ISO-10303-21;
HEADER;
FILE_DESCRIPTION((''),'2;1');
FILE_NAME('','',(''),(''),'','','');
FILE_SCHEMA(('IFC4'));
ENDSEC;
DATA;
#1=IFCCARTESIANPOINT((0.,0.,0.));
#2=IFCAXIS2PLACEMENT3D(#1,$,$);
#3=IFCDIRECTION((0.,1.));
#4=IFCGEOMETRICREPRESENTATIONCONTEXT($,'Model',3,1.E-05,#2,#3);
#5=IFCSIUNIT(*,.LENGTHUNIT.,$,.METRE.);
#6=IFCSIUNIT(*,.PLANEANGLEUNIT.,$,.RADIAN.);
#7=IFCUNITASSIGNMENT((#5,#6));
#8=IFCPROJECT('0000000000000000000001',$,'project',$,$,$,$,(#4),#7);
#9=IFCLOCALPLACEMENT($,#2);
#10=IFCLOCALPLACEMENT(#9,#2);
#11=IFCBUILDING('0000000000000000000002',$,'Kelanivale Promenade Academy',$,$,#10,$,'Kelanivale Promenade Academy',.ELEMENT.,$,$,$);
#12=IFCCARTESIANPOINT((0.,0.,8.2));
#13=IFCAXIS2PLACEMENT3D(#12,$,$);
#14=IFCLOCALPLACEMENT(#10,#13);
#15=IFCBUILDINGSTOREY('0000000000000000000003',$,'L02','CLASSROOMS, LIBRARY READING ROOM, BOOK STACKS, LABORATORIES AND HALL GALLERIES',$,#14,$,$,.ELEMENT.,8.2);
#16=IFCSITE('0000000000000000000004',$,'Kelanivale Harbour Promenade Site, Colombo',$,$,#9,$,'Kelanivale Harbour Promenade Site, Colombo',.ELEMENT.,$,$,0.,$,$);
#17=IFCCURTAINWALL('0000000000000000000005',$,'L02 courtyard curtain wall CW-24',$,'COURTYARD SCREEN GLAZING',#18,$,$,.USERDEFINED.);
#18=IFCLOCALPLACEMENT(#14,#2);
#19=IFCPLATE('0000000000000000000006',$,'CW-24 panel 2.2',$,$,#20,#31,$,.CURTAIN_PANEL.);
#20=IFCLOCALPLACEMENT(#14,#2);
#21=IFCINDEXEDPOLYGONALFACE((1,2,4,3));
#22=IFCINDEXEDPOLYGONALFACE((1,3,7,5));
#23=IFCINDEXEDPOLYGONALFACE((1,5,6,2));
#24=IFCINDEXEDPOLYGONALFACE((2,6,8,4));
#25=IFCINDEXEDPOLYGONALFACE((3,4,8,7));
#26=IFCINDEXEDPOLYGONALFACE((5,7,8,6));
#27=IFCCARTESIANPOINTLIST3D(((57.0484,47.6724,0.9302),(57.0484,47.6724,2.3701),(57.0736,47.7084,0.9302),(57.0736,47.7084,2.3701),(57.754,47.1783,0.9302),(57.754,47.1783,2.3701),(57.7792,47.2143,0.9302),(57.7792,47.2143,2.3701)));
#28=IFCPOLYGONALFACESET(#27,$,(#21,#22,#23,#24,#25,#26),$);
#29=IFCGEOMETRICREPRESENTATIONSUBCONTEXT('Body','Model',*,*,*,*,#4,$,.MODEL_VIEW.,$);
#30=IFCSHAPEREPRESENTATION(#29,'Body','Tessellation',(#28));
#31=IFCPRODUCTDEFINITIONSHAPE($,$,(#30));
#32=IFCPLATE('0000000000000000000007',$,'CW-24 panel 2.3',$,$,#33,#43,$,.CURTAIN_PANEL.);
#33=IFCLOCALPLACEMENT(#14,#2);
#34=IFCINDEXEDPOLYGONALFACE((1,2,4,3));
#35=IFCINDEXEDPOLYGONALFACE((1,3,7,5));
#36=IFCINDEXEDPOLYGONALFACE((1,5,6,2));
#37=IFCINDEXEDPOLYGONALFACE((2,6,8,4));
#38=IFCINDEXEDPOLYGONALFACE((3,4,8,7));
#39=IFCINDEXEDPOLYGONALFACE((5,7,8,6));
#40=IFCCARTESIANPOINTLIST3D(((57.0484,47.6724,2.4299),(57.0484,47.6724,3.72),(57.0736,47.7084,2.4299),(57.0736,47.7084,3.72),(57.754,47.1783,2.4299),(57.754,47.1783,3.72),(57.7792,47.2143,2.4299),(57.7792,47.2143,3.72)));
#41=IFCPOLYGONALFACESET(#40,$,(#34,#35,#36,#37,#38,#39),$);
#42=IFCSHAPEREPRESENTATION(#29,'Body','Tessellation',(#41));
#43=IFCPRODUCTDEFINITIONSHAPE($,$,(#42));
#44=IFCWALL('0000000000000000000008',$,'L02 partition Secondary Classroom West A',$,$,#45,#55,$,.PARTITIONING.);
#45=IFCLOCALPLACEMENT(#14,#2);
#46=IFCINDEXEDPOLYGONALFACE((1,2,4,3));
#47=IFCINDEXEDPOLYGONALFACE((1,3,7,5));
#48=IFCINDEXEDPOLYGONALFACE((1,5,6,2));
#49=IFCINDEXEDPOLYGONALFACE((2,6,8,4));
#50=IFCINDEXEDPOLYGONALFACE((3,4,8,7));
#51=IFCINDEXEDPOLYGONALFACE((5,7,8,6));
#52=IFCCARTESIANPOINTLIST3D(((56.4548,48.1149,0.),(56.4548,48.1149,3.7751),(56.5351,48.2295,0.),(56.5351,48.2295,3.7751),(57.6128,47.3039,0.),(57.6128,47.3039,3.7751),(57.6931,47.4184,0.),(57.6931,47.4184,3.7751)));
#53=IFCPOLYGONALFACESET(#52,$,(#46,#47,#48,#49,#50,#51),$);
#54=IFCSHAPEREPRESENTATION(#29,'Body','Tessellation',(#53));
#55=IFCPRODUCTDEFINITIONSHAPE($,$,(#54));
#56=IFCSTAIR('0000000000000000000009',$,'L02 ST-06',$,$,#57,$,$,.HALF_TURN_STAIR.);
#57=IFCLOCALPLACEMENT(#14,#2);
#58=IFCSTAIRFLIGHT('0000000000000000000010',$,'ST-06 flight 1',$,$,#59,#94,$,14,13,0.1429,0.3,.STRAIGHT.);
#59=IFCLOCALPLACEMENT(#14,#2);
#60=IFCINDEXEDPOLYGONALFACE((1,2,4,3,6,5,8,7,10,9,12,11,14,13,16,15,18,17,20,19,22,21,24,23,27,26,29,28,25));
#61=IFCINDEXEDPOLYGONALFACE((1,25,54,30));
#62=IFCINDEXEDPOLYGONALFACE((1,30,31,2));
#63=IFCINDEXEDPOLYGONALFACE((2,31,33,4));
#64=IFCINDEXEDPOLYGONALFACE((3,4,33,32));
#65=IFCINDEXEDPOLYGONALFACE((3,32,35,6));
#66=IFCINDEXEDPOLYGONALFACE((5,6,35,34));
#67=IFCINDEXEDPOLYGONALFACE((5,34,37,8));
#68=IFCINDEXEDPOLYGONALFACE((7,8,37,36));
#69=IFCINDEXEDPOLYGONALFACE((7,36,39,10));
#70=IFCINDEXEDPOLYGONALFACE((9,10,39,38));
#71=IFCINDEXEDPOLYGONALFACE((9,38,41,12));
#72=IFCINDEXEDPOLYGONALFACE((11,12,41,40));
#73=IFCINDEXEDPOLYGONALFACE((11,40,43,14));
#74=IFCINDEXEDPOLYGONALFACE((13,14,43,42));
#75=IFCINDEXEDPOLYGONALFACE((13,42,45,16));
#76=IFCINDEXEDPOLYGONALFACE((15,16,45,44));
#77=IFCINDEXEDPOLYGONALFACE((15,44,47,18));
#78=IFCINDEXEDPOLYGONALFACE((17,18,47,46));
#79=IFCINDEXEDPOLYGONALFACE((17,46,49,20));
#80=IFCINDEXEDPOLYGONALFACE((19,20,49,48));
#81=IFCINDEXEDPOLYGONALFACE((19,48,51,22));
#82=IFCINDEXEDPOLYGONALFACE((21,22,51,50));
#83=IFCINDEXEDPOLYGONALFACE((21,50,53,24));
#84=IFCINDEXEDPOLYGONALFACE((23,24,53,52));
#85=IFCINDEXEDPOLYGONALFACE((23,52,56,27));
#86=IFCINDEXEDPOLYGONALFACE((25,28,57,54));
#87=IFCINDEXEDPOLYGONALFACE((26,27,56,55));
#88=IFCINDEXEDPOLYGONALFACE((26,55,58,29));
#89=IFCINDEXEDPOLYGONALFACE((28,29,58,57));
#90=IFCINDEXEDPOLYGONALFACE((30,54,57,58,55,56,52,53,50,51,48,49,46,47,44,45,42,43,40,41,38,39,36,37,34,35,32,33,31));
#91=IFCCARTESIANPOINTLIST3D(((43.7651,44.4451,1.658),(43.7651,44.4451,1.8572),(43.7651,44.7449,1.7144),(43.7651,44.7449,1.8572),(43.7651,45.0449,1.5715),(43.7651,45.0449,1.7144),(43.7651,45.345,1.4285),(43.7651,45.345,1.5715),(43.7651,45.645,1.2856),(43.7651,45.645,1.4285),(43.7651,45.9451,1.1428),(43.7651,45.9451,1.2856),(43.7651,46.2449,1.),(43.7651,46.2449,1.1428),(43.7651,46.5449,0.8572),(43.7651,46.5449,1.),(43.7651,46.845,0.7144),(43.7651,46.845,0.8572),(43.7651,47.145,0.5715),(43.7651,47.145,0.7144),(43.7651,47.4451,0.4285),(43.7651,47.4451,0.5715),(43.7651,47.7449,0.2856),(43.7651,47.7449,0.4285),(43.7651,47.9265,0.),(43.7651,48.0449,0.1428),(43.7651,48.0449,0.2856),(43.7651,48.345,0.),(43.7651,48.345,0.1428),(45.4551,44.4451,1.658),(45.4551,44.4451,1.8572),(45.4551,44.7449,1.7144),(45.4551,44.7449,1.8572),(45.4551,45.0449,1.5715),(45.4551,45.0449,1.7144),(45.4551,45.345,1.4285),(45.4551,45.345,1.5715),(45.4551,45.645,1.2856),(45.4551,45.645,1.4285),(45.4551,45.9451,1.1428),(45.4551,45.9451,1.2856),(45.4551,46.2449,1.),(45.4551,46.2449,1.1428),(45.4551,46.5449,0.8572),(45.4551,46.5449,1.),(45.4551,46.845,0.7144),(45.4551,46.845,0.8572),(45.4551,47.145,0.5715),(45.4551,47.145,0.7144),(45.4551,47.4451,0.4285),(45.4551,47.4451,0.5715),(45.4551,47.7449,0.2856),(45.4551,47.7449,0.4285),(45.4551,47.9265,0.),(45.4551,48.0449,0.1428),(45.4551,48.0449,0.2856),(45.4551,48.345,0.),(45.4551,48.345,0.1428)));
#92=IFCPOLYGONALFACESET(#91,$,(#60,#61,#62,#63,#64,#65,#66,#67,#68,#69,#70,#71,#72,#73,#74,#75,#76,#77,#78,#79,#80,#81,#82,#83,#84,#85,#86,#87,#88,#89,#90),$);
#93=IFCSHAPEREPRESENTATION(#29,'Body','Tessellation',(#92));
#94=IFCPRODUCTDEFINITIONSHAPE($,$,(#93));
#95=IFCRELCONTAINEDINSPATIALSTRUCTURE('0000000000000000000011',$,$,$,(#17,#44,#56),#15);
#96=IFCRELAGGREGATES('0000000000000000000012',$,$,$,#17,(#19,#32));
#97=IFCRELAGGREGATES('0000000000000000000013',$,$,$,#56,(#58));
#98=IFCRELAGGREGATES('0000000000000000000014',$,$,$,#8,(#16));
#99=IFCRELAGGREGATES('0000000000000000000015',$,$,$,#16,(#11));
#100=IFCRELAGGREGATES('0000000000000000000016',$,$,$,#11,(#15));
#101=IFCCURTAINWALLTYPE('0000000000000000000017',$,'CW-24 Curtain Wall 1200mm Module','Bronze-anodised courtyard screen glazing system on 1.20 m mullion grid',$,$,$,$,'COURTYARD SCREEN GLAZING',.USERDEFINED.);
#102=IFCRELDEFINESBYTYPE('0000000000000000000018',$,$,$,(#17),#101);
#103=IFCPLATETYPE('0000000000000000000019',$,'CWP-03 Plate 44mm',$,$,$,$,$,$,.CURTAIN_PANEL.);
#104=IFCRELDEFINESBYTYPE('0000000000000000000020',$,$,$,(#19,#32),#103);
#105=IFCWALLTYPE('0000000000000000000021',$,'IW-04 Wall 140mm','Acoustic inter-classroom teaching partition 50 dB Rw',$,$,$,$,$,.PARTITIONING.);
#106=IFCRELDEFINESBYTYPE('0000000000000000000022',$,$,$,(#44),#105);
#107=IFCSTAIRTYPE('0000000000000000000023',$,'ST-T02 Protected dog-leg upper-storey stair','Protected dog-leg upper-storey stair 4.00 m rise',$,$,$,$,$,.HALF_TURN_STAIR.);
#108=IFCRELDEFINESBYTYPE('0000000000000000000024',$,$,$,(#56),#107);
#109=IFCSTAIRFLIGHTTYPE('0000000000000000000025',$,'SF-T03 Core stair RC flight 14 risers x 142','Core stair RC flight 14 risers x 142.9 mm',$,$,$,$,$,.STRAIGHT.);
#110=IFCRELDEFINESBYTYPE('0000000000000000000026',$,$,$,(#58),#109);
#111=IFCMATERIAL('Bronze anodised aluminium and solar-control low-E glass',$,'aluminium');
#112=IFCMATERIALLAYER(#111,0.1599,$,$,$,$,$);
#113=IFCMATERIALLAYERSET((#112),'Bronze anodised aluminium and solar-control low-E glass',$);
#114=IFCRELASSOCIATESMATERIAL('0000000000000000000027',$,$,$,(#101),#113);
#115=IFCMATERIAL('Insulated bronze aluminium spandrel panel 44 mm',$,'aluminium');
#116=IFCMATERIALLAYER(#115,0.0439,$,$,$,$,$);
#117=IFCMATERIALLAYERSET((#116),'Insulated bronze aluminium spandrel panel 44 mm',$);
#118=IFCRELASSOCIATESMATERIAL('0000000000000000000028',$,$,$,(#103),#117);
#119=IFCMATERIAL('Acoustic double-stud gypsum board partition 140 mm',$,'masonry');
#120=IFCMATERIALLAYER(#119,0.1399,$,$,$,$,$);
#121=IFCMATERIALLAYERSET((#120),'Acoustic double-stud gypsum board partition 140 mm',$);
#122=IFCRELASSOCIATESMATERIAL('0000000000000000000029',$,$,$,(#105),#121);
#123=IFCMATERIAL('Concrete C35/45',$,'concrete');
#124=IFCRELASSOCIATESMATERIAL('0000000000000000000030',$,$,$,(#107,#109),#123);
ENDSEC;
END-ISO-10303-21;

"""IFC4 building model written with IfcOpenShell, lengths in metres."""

from ifc_helpers import new_model, si_unit, direction, frame, frame_2d, origin, origin_2d, place, context, subcontext, project, spatial, polyline, rectangle, outline, extrude, material, layer, layer_set, type_object, element, aggregate, save


model = new_model("IFC4")

# Units and contexts
model_context = context("Model", 3, precision=1e-05, world=origin(), true_north=direction((0.0, 1.0)))
body_context = subcontext(model_context, "Body", "Model", "MODEL_VIEW")
ifc_project = project(units=[si_unit("LENGTHUNIT", "METRE"), si_unit("PLANEANGLEUNIT", "RADIAN")], contexts=[model_context])

# Site, building, storey
site_placement = place(None, origin())
site = spatial("IfcSite", under=ifc_project, at=site_placement, Name="Kelanivale Harbour Promenade Site, Colombo", LongName="Kelanivale Harbour Promenade Site, Colombo", CompositionType="ELEMENT", RefElevation=0.0)
building_placement = place(site_placement, origin())
building = spatial("IfcBuilding", under=site, at=building_placement, Name="Kelanivale Promenade Academy", LongName="Kelanivale Promenade Academy", CompositionType="ELEMENT")
storey_placement = place(building_placement, frame((0.0, 0.0, 8.2)))
storey = spatial("IfcBuildingStorey", under=building, at=storey_placement, Name="L02", Description="CLASSROOMS, LIBRARY READING ROOM, BOOK STACKS, LABORATORIES AND HALL GALLERIES", CompositionType="ELEMENT", Elevation=8.2)

# Shared definitions
ifc_material_1 = material(Name="Bronze anodised aluminium and solar-control low-E glass", Category="aluminium")

# Curtain wall
ifc_layer_1 = layer(ifc_material_1, 0.1599)
ifc_layer_set_1 = layer_set([ifc_layer_1], Name="Bronze anodised aluminium and solar-control low-E glass")
curtain_wall_type_1 = type_object("IfcCurtainWallType", Name="CW-24 Curtain Wall 1200mm Module", Description="Bronze-anodised courtyard screen glazing system on 1.20 m mullion grid", ElementType="COURTYARD SCREEN GLAZING", PredefinedType="USERDEFINED", material=ifc_layer_set_1)
curtain_wall_1_placement = place(storey_placement, origin())
curtain_wall_1 = element("IfcCurtainWall", 1, at=curtain_wall_1_placement, inside=storey, type_object=curtain_wall_type_1, Name="L02 courtyard curtain wall CW-24", ObjectType="COURTYARD SCREEN GLAZING", PredefinedType="USERDEFINED")

# Plates
ifc_material_2 = material(Name="Insulated bronze aluminium spandrel panel 44 mm", Category="aluminium")
ifc_layer_2 = layer(ifc_material_2, 0.0439)
ifc_layer_set_2 = layer_set([ifc_layer_2], Name="Insulated bronze aluminium spandrel panel 44 mm")
plate_type_1 = type_object("IfcPlateType", Name="CWP-03 Plate 44mm", PredefinedType="CURTAIN_PANEL", material=ifc_layer_set_2)
plate_1_placement = place(storey_placement, frame((57.4138, 47.4434, 0.9302), z_axis=(0.0, 0.0, 1.0), x_axis=(0.819158, -0.573567, 0.0)))
plate_1 = element("IfcPlate", 2, at=plate_1_placement, type_object=plate_type_1, Name="CW-24 panel 2.2", PredefinedType="CURTAIN_PANEL", context=body_context, shape_type="SweptSolid", body=[
    extrude(rectangle(XDim=0.8613, YDim=0.0439, at=origin_2d()), origin(), (0.0, 0.0, 1.0), 1.4399),
])
plate_2_placement = place(storey_placement, frame((57.4138, 47.4434, 2.4299), z_axis=(0.0, 0.0, 1.0), x_axis=(0.819158, -0.573567, 0.0)))
plate_2 = element("IfcPlate", 3, at=plate_2_placement, type_object=plate_type_1, Name="CW-24 panel 2.3", PredefinedType="CURTAIN_PANEL", context=body_context, shape_type="SweptSolid", body=[
    extrude(rectangle(XDim=0.8613, YDim=0.0439, at=origin_2d()), origin(), (0.0, 0.0, 1.0), 1.29),
])
aggregate(curtain_wall_1, [plate_1, plate_2])

# Wall
ifc_material_3 = material(Name="Acoustic double-stud gypsum board partition 140 mm", Category="masonry")
ifc_layer_3 = layer(ifc_material_3, 0.1399)
ifc_layer_set_3 = layer_set([ifc_layer_3], Name="Acoustic double-stud gypsum board partition 140 mm")
wall_type = type_object("IfcWallType", Name="IW-04 Wall 140mm", Description="Acoustic inter-classroom teaching partition 50 dB Rw", PredefinedType="PARTITIONING", material=ifc_layer_set_3)
wall_placement = place(storey_placement, frame((57.6531, 47.3611, 0.0), z_axis=(0.0, 0.0, 1.0), x_axis=(-0.819078, 0.573683, 0.0)))
element("IfcWall", 4, at=wall_placement, inside=storey, type_object=wall_type, Name="L02 partition Secondary Classroom West A", PredefinedType="PARTITIONING", context=body_context, shape_type="SweptSolid", body=[
    extrude(rectangle(XDim=1.4138, YDim=0.1399, at=frame_2d((0.707, 0.0))), origin(), (0.0, 0.0, 1.0), 3.7751),
])

# Stair, stair flight
ifc_material_4 = material(Name="Concrete C35/45", Category="concrete")
stair_type = type_object("IfcStairType", Name="ST-T02 Protected dog-leg upper-storey stair", Description="Protected dog-leg upper-storey stair 4.00 m rise", PredefinedType="HALF_TURN_STAIR", material=ifc_material_4)
stair_placement = place(storey_placement, origin())
stair = element("IfcStair", 5, at=stair_placement, inside=storey, type_object=stair_type, Name="L02 ST-06", PredefinedType="HALF_TURN_STAIR")
stair_flight_type = type_object("IfcStairFlightType", Name="SF-T03 Core stair RC flight 14 risers x 142", Description="Core stair RC flight 14 risers x 142.9 mm", PredefinedType="STRAIGHT", material=ifc_material_4)
stair_flight_placement = place(storey_placement, frame((44.6101, 48.345, 0.0), z_axis=(0.0, 0.0, 1.0), x_axis=(0.0, -1.0, 0.0)))
stair_flight = element("IfcStairFlight", 6, at=stair_flight_placement, type_object=stair_flight_type, Name="ST-06 flight 1", NumberOfRisers=14, NumberOfTreads=13, PredefinedType="STRAIGHT", RiserHeight=0.1429, TreadLength=0.3, context=body_context, shape_type="SweptSolid", body=[
    extrude(outline(polyline([(0.0, 0.0), (0.0, 0.1428), (0.3, 0.1428), (0.3, 0.2856), (0.6001, 0.2856), (0.6001, 0.4285), (0.8999, 0.4285), (0.8999, 0.5715), (1.2, 0.5715), (1.2, 0.7144), (1.5, 0.7144), (1.5, 0.8572), (1.8, 0.8572), (1.8, 1.0), (2.1001, 1.0), (2.1001, 1.1428), (2.3999, 1.1428), (2.3999, 1.2856), (2.7, 1.2856), (2.7, 1.4285), (3.0, 1.4285), (3.0, 1.5715), (3.3, 1.5715), (3.3, 1.7144), (3.6001, 1.7144), (3.6001, 1.8572), (3.8999, 1.8572), (3.8999, 2.0), (3.8999, 1.658), (0.4185, 0.0), (0.0, 0.0)])), frame((0.0, 0.845, 0.0), z_axis=(0.0, -1.0, 0.0), x_axis=(1.0, 0.0, 0.0)), (0.0, 0.0, 1.0), 1.6899),
])
aggregate(stair, [stair_flight])

save(model, "model.ifc")
